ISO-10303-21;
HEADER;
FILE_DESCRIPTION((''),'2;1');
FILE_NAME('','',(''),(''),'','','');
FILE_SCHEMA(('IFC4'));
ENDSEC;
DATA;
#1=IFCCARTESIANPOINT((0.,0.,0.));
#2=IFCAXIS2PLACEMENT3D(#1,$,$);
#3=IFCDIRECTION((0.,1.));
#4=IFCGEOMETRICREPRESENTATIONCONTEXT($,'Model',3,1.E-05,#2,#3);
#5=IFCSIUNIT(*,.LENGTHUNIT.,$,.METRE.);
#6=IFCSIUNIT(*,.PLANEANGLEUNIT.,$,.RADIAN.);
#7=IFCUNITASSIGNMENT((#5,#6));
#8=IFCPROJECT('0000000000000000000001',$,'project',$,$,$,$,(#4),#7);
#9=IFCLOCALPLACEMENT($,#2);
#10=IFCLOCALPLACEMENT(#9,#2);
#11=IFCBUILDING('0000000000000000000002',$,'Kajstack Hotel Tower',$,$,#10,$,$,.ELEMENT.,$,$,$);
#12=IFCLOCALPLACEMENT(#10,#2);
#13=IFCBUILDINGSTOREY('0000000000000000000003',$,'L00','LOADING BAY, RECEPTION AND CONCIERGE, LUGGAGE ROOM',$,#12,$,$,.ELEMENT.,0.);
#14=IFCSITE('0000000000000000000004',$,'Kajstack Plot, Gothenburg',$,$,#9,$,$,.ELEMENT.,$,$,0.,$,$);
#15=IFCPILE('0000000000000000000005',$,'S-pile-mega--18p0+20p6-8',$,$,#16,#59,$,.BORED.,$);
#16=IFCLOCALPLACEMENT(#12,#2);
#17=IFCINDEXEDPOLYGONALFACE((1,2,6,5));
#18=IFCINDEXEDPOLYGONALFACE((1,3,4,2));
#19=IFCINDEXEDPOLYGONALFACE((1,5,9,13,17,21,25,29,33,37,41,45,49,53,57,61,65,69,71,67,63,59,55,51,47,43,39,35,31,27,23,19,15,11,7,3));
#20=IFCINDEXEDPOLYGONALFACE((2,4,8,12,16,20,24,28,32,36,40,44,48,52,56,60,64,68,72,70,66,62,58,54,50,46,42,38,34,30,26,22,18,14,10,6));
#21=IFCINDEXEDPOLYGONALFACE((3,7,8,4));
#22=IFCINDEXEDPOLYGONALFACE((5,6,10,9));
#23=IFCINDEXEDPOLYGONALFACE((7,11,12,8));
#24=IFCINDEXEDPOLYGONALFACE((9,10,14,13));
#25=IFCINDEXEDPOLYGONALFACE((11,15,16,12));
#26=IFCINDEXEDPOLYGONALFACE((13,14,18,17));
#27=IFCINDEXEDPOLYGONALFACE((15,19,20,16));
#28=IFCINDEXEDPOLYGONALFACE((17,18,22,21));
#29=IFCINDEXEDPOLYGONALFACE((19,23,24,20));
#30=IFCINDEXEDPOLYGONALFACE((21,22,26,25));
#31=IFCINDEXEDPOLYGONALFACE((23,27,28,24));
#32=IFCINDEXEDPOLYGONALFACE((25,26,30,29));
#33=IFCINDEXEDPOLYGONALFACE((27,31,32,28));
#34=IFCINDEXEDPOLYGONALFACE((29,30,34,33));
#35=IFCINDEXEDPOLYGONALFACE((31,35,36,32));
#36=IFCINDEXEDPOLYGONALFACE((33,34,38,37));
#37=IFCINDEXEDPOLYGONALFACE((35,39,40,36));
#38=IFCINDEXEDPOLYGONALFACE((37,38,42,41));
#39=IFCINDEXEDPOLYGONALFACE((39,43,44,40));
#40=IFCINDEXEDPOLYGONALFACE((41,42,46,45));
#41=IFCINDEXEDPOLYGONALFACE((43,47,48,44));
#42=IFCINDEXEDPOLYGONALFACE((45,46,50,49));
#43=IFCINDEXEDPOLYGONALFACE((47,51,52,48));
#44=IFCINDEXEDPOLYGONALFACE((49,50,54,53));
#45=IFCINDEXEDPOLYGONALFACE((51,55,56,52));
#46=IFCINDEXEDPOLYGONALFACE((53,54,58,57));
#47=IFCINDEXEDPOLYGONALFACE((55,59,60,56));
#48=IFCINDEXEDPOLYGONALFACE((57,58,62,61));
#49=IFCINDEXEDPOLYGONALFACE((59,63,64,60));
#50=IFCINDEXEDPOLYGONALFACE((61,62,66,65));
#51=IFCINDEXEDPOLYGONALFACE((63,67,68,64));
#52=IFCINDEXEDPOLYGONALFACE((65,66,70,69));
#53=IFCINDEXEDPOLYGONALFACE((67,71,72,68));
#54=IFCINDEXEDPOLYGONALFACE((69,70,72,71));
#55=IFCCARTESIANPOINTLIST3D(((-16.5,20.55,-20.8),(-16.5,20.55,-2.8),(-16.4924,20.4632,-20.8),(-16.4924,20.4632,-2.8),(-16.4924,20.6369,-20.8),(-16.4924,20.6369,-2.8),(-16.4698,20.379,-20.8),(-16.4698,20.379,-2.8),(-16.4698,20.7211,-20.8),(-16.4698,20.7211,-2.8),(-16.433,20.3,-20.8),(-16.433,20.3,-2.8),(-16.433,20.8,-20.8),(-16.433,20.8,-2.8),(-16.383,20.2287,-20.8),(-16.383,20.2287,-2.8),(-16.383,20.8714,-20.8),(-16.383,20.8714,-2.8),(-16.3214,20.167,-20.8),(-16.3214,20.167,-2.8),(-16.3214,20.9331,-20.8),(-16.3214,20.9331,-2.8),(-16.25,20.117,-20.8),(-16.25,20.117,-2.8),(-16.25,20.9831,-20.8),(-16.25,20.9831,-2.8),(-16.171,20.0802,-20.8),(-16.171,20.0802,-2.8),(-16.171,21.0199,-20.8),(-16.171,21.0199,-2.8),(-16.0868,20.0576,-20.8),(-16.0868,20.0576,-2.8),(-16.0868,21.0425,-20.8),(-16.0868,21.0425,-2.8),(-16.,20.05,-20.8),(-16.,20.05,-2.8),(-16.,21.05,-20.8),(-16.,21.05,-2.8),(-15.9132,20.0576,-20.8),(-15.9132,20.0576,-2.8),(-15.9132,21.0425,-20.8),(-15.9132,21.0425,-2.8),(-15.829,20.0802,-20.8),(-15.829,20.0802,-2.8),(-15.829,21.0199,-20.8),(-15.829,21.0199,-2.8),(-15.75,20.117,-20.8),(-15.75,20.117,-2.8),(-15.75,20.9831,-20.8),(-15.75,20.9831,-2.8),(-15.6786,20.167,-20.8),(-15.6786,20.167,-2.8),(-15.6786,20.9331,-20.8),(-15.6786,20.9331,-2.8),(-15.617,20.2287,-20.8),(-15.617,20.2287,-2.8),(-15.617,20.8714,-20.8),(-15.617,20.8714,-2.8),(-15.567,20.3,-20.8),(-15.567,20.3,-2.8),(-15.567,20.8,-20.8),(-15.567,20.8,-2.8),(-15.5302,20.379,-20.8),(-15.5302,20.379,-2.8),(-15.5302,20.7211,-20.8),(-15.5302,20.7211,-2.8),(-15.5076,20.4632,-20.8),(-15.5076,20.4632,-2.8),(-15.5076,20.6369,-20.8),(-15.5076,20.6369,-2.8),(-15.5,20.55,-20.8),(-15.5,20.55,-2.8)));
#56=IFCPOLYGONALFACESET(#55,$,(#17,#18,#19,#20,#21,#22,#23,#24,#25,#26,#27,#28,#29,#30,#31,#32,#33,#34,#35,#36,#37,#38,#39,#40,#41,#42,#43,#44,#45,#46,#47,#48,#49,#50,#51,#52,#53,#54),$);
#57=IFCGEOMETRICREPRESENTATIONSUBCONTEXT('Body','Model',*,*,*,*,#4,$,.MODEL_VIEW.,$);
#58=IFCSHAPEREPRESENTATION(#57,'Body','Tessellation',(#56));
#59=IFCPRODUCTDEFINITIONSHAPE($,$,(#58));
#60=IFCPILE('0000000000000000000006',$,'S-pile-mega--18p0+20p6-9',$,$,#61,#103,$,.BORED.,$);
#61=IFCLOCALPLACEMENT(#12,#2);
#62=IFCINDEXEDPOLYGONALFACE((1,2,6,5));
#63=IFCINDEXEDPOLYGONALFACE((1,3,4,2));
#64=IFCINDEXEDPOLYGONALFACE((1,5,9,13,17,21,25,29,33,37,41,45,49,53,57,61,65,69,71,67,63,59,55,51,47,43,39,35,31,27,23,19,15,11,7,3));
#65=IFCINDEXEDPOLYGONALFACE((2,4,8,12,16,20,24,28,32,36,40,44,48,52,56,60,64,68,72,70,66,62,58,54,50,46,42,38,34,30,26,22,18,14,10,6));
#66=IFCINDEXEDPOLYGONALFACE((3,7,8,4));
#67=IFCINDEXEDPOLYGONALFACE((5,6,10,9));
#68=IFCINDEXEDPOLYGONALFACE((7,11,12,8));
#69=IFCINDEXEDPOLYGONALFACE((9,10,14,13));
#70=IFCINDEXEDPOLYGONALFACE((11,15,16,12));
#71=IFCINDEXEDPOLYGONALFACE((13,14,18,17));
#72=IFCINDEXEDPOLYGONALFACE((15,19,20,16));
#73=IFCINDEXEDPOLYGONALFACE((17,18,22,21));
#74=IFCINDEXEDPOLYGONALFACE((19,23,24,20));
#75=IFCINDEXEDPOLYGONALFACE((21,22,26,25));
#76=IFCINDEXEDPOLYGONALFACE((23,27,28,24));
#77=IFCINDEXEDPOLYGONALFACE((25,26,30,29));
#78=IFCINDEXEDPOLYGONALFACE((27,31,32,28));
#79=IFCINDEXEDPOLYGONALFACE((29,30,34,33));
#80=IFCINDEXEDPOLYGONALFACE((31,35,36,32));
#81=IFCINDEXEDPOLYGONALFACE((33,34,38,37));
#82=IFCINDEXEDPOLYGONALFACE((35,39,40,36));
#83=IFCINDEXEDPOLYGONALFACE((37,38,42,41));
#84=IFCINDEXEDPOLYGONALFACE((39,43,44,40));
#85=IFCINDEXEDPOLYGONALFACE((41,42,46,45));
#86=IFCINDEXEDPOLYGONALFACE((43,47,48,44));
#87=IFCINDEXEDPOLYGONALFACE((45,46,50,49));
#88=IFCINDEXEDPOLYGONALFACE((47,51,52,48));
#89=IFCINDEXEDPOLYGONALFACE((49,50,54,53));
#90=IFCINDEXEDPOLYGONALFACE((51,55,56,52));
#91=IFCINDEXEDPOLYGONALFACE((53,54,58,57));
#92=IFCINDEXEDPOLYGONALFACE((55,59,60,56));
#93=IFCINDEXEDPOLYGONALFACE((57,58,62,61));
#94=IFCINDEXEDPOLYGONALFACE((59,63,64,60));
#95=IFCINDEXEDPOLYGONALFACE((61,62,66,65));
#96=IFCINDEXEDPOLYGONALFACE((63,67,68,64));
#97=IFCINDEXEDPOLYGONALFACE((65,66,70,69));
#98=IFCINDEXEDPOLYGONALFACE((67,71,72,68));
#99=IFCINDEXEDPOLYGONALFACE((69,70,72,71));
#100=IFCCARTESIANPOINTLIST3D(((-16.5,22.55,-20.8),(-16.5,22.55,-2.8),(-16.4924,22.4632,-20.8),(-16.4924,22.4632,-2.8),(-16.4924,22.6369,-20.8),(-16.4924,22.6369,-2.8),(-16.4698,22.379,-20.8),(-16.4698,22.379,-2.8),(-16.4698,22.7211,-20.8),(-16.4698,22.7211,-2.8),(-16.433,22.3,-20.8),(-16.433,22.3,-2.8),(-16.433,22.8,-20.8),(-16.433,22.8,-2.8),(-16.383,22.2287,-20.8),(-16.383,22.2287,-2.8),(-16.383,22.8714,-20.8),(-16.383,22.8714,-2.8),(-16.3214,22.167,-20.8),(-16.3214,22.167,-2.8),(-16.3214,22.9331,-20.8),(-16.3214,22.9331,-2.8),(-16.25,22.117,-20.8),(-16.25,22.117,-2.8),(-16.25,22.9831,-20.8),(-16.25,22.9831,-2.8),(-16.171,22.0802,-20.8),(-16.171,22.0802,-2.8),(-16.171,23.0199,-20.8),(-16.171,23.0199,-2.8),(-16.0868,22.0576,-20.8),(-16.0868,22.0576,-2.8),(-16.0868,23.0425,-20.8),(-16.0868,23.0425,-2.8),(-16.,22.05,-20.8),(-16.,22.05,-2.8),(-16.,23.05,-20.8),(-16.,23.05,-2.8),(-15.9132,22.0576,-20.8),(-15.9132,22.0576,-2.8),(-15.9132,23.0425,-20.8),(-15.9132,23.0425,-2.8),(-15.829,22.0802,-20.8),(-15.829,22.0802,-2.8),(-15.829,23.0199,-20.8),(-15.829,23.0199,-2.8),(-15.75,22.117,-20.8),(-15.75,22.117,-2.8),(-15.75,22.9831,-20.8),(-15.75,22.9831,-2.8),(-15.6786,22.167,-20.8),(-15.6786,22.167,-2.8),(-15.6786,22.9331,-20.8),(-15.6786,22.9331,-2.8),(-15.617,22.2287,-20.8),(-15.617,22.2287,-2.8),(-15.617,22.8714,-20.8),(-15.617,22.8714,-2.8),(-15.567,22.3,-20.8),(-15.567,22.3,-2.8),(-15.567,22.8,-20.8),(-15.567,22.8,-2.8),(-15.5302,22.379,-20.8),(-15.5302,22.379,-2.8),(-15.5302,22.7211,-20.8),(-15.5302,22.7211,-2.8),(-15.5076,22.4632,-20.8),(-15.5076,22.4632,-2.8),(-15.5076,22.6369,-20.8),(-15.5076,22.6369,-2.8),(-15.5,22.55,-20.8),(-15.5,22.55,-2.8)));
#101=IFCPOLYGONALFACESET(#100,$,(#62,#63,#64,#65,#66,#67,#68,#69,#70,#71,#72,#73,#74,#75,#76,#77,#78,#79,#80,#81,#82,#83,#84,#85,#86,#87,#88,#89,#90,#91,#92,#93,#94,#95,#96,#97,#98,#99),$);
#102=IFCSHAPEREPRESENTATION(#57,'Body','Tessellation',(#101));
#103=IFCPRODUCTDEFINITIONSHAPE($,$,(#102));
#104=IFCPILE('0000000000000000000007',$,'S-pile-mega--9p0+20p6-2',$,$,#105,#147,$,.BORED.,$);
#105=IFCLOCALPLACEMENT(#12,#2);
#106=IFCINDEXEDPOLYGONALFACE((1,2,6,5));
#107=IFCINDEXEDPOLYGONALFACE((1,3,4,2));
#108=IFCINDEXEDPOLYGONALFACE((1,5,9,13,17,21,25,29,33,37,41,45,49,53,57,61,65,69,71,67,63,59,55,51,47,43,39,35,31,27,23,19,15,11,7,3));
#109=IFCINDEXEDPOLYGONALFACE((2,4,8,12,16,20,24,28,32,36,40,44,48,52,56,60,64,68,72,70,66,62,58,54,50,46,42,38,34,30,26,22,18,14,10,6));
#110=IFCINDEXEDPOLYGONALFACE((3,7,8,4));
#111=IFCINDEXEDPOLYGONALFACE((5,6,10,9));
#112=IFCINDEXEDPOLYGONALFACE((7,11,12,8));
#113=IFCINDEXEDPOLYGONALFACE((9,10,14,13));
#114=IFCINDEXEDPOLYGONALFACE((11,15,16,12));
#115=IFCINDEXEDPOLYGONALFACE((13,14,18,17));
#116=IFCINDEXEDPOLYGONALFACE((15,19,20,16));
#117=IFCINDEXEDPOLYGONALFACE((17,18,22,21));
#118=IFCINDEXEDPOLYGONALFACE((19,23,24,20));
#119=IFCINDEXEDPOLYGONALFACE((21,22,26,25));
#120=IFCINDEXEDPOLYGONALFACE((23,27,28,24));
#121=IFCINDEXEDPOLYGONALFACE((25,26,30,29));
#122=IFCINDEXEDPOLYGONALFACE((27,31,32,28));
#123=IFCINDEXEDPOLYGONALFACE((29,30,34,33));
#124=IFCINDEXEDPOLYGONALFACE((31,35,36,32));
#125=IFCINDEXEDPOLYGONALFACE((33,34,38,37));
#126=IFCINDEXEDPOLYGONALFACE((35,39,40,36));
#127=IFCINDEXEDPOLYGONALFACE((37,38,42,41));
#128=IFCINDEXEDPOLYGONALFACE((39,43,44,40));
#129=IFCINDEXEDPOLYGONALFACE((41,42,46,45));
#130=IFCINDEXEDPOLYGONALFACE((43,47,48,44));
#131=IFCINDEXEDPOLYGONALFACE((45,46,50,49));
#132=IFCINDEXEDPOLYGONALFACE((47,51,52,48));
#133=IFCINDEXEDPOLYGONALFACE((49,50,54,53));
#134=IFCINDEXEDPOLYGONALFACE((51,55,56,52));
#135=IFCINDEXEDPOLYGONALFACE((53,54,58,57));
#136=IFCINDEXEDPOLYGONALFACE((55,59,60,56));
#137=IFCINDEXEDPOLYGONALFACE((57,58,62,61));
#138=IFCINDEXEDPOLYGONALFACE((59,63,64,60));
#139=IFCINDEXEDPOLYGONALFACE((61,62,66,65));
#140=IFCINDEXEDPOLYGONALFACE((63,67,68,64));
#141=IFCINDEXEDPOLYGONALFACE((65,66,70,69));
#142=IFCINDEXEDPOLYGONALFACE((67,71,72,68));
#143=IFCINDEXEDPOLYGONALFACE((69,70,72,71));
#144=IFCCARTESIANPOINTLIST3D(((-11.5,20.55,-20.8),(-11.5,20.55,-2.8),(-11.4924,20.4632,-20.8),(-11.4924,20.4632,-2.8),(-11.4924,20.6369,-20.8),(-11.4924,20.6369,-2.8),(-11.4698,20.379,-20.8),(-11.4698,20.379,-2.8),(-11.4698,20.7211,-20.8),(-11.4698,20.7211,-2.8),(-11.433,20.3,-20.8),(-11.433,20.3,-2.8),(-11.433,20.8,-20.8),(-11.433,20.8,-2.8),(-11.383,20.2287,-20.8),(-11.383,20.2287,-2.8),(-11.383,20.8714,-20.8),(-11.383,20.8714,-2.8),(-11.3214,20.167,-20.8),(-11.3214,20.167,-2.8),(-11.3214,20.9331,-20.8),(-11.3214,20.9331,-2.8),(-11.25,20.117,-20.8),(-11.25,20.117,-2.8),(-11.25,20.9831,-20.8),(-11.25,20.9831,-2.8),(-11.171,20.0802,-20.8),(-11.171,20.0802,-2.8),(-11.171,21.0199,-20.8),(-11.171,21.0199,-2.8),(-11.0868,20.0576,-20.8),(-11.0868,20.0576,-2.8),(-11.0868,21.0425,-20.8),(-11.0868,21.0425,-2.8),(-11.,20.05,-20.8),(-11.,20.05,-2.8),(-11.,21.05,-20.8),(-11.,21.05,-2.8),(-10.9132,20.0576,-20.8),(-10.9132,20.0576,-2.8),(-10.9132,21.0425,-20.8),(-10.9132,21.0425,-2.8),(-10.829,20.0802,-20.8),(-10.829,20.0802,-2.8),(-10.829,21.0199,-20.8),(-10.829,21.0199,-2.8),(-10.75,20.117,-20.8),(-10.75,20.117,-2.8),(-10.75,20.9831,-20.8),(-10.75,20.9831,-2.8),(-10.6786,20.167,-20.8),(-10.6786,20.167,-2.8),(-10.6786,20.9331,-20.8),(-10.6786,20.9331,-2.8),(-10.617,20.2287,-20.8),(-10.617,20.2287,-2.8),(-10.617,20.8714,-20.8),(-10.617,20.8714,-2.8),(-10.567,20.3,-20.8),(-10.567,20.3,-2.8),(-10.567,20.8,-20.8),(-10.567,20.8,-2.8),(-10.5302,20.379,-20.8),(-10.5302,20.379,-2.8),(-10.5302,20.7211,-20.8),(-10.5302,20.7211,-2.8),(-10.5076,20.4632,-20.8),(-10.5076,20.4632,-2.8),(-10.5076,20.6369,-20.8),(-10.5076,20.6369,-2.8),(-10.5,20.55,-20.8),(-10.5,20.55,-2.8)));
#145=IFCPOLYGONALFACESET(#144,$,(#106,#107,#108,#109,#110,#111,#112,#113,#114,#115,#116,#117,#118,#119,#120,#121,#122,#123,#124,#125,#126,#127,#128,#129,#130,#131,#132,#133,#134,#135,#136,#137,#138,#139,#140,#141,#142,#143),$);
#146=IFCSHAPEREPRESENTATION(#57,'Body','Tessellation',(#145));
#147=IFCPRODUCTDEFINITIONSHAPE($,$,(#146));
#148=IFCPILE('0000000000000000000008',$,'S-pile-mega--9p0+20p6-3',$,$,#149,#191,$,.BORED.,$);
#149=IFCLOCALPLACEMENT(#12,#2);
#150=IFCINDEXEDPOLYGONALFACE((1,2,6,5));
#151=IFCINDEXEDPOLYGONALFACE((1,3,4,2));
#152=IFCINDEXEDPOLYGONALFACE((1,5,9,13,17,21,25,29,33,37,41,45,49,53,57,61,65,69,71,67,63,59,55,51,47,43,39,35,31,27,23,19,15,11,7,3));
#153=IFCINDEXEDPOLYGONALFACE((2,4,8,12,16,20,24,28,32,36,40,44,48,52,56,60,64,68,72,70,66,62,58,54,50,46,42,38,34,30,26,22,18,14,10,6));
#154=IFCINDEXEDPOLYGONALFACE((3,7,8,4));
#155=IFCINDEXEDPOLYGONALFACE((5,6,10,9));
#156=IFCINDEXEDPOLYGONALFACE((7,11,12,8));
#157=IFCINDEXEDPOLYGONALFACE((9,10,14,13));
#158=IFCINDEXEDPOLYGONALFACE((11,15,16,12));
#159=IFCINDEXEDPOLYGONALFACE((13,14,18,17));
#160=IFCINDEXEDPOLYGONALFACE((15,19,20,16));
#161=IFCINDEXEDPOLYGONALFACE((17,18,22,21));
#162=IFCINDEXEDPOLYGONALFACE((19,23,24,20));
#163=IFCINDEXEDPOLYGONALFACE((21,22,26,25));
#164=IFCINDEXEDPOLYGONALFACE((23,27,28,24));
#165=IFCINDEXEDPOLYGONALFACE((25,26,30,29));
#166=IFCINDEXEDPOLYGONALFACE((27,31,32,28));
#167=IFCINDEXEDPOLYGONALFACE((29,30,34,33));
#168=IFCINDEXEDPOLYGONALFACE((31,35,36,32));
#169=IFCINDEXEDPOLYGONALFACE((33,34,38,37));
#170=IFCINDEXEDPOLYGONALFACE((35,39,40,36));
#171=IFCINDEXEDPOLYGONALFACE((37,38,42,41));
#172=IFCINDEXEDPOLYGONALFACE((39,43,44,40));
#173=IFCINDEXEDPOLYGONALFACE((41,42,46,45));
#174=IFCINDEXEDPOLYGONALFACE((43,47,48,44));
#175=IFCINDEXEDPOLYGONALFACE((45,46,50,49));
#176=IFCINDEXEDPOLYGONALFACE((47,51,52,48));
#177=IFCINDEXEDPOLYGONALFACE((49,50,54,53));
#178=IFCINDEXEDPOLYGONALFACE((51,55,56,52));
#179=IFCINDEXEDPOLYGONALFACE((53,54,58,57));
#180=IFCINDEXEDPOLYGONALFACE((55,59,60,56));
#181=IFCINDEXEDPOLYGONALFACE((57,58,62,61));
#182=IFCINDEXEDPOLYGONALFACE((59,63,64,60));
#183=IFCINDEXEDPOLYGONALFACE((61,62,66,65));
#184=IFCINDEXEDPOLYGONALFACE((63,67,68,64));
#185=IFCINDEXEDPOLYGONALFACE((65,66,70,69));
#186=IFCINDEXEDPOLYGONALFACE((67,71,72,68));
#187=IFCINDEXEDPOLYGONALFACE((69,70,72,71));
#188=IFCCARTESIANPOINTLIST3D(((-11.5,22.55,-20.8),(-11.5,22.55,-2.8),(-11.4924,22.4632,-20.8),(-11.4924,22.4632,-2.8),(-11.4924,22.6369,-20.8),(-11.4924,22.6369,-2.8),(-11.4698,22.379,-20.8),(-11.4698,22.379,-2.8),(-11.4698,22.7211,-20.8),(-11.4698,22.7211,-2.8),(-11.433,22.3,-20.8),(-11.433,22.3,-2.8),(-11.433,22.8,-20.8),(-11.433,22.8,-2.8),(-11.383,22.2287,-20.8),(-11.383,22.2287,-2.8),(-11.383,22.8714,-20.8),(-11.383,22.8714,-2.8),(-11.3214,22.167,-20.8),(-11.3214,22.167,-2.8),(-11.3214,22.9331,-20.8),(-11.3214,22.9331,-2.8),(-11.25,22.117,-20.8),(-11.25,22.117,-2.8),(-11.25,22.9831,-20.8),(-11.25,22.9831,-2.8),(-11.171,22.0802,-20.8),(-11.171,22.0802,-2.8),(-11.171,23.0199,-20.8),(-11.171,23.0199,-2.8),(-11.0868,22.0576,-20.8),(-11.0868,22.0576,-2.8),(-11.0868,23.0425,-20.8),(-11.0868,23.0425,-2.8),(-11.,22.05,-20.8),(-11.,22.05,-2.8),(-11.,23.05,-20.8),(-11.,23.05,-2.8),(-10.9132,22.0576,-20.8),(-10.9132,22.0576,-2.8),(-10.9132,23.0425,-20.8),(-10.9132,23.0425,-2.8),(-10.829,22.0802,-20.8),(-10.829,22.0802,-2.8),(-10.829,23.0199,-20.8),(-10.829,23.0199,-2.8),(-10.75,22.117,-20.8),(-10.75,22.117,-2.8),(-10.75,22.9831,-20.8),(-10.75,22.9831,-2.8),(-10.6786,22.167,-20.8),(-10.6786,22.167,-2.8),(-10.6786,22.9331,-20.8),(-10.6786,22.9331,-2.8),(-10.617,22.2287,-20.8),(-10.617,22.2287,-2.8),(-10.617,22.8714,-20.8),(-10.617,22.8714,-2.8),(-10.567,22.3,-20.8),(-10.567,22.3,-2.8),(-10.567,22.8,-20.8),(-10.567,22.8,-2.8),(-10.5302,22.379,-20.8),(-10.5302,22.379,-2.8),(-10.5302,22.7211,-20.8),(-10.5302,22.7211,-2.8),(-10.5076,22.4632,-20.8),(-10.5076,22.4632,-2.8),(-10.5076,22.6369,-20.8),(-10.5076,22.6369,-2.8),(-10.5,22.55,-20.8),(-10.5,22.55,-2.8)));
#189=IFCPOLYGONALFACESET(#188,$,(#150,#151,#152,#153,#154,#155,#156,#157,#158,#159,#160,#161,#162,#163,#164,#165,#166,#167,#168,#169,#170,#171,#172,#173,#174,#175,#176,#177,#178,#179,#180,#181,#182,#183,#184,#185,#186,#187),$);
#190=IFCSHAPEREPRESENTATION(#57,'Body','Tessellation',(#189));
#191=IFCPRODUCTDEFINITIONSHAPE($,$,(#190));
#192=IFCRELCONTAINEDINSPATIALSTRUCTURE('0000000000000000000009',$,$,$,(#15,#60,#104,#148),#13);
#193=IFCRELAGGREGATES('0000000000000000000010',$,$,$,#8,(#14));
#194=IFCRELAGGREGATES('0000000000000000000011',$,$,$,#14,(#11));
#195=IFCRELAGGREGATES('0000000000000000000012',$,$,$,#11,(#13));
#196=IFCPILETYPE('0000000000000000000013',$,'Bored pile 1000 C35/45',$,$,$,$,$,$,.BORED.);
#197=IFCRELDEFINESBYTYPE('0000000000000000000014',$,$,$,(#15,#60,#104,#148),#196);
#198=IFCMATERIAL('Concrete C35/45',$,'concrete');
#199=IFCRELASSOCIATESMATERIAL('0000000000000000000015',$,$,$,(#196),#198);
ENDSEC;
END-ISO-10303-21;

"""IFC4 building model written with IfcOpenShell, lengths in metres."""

from ifc_helpers import new_model, si_unit, direction, frame, origin, origin_2d, place, context, subcontext, project, spatial, circle, extrude, material, material_profile, profile_set, type_object, element, save


model = new_model("IFC4")

# Units and contexts
model_context = context("Model", 3, precision=1e-05, world=origin(), true_north=direction((0.0, 1.0)))
body_context = subcontext(model_context, "Body", "Model", "MODEL_VIEW")
ifc_project = project(units=[si_unit("LENGTHUNIT", "METRE"), si_unit("PLANEANGLEUNIT", "RADIAN")], contexts=[model_context])

# Site, building, storey
site_placement = place(None, origin())
site = spatial("IfcSite", under=ifc_project, at=site_placement, Name="Kajstack Plot, Gothenburg", CompositionType="ELEMENT", RefElevation=0.0)
building_placement = place(site_placement, origin())
building = spatial("IfcBuilding", under=site, at=building_placement, Name="Kajstack Hotel Tower", CompositionType="ELEMENT")
storey_placement = place(building_placement, origin())
storey = spatial("IfcBuildingStorey", under=building, at=storey_placement, Name="L00", Description="LOADING BAY, RECEPTION AND CONCIERGE, LUGGAGE ROOM", CompositionType="ELEMENT", Elevation=0.0)

# Piles
ifc_material_1 = material(Name="Concrete C35/45", Category="concrete")
ifc_material_profile_1 = material_profile(ifc_material_1, circle(Radius=0.5, at=origin_2d()), Name="RC round 1000")
ifc_profile_set_1 = profile_set([ifc_material_profile_1], Name="Concrete C35/45")
pile_type = type_object("IfcPileType", Name="Bored pile 1000 C35/45", PredefinedType="BORED", material=ifc_profile_set_1)
for number, where, z_axis, x_axis, name in (
    (1, (-16.0, 20.55, -2.8), (0.0, 0.0, -1.0), (1.0, 0.0, 0.0), "S-pile-mega--18p0+20p6-8"),
    (2, (-16.0, 22.55, -2.8), (0.0, 0.0, -1.0), (1.0, 0.0, 0.0), "S-pile-mega--18p0+20p6-9"),
    (3, (-11.0, 20.55, -2.8), (0.0, 0.0, -1.0), (1.0, 0.0, 0.0), "S-pile-mega--9p0+20p6-2"),
    (4, (-11.0, 22.55, -2.8), (0.0, 0.0, -1.0), (1.0, 0.0, 0.0), "S-pile-mega--9p0+20p6-3"),
):
    element("IfcPile", number, at=place(storey_placement, frame(where, z_axis=z_axis, x_axis=x_axis)), inside=storey, type_object=pile_type, Name=name, PredefinedType="BORED", context=body_context, shape_type="SweptSolid", body=[
        extrude(circle(Radius=0.5, at=origin_2d()), origin(), (0.0, 0.0, 1.0), 18.0),
    ])

save(model, "model.ifc")
